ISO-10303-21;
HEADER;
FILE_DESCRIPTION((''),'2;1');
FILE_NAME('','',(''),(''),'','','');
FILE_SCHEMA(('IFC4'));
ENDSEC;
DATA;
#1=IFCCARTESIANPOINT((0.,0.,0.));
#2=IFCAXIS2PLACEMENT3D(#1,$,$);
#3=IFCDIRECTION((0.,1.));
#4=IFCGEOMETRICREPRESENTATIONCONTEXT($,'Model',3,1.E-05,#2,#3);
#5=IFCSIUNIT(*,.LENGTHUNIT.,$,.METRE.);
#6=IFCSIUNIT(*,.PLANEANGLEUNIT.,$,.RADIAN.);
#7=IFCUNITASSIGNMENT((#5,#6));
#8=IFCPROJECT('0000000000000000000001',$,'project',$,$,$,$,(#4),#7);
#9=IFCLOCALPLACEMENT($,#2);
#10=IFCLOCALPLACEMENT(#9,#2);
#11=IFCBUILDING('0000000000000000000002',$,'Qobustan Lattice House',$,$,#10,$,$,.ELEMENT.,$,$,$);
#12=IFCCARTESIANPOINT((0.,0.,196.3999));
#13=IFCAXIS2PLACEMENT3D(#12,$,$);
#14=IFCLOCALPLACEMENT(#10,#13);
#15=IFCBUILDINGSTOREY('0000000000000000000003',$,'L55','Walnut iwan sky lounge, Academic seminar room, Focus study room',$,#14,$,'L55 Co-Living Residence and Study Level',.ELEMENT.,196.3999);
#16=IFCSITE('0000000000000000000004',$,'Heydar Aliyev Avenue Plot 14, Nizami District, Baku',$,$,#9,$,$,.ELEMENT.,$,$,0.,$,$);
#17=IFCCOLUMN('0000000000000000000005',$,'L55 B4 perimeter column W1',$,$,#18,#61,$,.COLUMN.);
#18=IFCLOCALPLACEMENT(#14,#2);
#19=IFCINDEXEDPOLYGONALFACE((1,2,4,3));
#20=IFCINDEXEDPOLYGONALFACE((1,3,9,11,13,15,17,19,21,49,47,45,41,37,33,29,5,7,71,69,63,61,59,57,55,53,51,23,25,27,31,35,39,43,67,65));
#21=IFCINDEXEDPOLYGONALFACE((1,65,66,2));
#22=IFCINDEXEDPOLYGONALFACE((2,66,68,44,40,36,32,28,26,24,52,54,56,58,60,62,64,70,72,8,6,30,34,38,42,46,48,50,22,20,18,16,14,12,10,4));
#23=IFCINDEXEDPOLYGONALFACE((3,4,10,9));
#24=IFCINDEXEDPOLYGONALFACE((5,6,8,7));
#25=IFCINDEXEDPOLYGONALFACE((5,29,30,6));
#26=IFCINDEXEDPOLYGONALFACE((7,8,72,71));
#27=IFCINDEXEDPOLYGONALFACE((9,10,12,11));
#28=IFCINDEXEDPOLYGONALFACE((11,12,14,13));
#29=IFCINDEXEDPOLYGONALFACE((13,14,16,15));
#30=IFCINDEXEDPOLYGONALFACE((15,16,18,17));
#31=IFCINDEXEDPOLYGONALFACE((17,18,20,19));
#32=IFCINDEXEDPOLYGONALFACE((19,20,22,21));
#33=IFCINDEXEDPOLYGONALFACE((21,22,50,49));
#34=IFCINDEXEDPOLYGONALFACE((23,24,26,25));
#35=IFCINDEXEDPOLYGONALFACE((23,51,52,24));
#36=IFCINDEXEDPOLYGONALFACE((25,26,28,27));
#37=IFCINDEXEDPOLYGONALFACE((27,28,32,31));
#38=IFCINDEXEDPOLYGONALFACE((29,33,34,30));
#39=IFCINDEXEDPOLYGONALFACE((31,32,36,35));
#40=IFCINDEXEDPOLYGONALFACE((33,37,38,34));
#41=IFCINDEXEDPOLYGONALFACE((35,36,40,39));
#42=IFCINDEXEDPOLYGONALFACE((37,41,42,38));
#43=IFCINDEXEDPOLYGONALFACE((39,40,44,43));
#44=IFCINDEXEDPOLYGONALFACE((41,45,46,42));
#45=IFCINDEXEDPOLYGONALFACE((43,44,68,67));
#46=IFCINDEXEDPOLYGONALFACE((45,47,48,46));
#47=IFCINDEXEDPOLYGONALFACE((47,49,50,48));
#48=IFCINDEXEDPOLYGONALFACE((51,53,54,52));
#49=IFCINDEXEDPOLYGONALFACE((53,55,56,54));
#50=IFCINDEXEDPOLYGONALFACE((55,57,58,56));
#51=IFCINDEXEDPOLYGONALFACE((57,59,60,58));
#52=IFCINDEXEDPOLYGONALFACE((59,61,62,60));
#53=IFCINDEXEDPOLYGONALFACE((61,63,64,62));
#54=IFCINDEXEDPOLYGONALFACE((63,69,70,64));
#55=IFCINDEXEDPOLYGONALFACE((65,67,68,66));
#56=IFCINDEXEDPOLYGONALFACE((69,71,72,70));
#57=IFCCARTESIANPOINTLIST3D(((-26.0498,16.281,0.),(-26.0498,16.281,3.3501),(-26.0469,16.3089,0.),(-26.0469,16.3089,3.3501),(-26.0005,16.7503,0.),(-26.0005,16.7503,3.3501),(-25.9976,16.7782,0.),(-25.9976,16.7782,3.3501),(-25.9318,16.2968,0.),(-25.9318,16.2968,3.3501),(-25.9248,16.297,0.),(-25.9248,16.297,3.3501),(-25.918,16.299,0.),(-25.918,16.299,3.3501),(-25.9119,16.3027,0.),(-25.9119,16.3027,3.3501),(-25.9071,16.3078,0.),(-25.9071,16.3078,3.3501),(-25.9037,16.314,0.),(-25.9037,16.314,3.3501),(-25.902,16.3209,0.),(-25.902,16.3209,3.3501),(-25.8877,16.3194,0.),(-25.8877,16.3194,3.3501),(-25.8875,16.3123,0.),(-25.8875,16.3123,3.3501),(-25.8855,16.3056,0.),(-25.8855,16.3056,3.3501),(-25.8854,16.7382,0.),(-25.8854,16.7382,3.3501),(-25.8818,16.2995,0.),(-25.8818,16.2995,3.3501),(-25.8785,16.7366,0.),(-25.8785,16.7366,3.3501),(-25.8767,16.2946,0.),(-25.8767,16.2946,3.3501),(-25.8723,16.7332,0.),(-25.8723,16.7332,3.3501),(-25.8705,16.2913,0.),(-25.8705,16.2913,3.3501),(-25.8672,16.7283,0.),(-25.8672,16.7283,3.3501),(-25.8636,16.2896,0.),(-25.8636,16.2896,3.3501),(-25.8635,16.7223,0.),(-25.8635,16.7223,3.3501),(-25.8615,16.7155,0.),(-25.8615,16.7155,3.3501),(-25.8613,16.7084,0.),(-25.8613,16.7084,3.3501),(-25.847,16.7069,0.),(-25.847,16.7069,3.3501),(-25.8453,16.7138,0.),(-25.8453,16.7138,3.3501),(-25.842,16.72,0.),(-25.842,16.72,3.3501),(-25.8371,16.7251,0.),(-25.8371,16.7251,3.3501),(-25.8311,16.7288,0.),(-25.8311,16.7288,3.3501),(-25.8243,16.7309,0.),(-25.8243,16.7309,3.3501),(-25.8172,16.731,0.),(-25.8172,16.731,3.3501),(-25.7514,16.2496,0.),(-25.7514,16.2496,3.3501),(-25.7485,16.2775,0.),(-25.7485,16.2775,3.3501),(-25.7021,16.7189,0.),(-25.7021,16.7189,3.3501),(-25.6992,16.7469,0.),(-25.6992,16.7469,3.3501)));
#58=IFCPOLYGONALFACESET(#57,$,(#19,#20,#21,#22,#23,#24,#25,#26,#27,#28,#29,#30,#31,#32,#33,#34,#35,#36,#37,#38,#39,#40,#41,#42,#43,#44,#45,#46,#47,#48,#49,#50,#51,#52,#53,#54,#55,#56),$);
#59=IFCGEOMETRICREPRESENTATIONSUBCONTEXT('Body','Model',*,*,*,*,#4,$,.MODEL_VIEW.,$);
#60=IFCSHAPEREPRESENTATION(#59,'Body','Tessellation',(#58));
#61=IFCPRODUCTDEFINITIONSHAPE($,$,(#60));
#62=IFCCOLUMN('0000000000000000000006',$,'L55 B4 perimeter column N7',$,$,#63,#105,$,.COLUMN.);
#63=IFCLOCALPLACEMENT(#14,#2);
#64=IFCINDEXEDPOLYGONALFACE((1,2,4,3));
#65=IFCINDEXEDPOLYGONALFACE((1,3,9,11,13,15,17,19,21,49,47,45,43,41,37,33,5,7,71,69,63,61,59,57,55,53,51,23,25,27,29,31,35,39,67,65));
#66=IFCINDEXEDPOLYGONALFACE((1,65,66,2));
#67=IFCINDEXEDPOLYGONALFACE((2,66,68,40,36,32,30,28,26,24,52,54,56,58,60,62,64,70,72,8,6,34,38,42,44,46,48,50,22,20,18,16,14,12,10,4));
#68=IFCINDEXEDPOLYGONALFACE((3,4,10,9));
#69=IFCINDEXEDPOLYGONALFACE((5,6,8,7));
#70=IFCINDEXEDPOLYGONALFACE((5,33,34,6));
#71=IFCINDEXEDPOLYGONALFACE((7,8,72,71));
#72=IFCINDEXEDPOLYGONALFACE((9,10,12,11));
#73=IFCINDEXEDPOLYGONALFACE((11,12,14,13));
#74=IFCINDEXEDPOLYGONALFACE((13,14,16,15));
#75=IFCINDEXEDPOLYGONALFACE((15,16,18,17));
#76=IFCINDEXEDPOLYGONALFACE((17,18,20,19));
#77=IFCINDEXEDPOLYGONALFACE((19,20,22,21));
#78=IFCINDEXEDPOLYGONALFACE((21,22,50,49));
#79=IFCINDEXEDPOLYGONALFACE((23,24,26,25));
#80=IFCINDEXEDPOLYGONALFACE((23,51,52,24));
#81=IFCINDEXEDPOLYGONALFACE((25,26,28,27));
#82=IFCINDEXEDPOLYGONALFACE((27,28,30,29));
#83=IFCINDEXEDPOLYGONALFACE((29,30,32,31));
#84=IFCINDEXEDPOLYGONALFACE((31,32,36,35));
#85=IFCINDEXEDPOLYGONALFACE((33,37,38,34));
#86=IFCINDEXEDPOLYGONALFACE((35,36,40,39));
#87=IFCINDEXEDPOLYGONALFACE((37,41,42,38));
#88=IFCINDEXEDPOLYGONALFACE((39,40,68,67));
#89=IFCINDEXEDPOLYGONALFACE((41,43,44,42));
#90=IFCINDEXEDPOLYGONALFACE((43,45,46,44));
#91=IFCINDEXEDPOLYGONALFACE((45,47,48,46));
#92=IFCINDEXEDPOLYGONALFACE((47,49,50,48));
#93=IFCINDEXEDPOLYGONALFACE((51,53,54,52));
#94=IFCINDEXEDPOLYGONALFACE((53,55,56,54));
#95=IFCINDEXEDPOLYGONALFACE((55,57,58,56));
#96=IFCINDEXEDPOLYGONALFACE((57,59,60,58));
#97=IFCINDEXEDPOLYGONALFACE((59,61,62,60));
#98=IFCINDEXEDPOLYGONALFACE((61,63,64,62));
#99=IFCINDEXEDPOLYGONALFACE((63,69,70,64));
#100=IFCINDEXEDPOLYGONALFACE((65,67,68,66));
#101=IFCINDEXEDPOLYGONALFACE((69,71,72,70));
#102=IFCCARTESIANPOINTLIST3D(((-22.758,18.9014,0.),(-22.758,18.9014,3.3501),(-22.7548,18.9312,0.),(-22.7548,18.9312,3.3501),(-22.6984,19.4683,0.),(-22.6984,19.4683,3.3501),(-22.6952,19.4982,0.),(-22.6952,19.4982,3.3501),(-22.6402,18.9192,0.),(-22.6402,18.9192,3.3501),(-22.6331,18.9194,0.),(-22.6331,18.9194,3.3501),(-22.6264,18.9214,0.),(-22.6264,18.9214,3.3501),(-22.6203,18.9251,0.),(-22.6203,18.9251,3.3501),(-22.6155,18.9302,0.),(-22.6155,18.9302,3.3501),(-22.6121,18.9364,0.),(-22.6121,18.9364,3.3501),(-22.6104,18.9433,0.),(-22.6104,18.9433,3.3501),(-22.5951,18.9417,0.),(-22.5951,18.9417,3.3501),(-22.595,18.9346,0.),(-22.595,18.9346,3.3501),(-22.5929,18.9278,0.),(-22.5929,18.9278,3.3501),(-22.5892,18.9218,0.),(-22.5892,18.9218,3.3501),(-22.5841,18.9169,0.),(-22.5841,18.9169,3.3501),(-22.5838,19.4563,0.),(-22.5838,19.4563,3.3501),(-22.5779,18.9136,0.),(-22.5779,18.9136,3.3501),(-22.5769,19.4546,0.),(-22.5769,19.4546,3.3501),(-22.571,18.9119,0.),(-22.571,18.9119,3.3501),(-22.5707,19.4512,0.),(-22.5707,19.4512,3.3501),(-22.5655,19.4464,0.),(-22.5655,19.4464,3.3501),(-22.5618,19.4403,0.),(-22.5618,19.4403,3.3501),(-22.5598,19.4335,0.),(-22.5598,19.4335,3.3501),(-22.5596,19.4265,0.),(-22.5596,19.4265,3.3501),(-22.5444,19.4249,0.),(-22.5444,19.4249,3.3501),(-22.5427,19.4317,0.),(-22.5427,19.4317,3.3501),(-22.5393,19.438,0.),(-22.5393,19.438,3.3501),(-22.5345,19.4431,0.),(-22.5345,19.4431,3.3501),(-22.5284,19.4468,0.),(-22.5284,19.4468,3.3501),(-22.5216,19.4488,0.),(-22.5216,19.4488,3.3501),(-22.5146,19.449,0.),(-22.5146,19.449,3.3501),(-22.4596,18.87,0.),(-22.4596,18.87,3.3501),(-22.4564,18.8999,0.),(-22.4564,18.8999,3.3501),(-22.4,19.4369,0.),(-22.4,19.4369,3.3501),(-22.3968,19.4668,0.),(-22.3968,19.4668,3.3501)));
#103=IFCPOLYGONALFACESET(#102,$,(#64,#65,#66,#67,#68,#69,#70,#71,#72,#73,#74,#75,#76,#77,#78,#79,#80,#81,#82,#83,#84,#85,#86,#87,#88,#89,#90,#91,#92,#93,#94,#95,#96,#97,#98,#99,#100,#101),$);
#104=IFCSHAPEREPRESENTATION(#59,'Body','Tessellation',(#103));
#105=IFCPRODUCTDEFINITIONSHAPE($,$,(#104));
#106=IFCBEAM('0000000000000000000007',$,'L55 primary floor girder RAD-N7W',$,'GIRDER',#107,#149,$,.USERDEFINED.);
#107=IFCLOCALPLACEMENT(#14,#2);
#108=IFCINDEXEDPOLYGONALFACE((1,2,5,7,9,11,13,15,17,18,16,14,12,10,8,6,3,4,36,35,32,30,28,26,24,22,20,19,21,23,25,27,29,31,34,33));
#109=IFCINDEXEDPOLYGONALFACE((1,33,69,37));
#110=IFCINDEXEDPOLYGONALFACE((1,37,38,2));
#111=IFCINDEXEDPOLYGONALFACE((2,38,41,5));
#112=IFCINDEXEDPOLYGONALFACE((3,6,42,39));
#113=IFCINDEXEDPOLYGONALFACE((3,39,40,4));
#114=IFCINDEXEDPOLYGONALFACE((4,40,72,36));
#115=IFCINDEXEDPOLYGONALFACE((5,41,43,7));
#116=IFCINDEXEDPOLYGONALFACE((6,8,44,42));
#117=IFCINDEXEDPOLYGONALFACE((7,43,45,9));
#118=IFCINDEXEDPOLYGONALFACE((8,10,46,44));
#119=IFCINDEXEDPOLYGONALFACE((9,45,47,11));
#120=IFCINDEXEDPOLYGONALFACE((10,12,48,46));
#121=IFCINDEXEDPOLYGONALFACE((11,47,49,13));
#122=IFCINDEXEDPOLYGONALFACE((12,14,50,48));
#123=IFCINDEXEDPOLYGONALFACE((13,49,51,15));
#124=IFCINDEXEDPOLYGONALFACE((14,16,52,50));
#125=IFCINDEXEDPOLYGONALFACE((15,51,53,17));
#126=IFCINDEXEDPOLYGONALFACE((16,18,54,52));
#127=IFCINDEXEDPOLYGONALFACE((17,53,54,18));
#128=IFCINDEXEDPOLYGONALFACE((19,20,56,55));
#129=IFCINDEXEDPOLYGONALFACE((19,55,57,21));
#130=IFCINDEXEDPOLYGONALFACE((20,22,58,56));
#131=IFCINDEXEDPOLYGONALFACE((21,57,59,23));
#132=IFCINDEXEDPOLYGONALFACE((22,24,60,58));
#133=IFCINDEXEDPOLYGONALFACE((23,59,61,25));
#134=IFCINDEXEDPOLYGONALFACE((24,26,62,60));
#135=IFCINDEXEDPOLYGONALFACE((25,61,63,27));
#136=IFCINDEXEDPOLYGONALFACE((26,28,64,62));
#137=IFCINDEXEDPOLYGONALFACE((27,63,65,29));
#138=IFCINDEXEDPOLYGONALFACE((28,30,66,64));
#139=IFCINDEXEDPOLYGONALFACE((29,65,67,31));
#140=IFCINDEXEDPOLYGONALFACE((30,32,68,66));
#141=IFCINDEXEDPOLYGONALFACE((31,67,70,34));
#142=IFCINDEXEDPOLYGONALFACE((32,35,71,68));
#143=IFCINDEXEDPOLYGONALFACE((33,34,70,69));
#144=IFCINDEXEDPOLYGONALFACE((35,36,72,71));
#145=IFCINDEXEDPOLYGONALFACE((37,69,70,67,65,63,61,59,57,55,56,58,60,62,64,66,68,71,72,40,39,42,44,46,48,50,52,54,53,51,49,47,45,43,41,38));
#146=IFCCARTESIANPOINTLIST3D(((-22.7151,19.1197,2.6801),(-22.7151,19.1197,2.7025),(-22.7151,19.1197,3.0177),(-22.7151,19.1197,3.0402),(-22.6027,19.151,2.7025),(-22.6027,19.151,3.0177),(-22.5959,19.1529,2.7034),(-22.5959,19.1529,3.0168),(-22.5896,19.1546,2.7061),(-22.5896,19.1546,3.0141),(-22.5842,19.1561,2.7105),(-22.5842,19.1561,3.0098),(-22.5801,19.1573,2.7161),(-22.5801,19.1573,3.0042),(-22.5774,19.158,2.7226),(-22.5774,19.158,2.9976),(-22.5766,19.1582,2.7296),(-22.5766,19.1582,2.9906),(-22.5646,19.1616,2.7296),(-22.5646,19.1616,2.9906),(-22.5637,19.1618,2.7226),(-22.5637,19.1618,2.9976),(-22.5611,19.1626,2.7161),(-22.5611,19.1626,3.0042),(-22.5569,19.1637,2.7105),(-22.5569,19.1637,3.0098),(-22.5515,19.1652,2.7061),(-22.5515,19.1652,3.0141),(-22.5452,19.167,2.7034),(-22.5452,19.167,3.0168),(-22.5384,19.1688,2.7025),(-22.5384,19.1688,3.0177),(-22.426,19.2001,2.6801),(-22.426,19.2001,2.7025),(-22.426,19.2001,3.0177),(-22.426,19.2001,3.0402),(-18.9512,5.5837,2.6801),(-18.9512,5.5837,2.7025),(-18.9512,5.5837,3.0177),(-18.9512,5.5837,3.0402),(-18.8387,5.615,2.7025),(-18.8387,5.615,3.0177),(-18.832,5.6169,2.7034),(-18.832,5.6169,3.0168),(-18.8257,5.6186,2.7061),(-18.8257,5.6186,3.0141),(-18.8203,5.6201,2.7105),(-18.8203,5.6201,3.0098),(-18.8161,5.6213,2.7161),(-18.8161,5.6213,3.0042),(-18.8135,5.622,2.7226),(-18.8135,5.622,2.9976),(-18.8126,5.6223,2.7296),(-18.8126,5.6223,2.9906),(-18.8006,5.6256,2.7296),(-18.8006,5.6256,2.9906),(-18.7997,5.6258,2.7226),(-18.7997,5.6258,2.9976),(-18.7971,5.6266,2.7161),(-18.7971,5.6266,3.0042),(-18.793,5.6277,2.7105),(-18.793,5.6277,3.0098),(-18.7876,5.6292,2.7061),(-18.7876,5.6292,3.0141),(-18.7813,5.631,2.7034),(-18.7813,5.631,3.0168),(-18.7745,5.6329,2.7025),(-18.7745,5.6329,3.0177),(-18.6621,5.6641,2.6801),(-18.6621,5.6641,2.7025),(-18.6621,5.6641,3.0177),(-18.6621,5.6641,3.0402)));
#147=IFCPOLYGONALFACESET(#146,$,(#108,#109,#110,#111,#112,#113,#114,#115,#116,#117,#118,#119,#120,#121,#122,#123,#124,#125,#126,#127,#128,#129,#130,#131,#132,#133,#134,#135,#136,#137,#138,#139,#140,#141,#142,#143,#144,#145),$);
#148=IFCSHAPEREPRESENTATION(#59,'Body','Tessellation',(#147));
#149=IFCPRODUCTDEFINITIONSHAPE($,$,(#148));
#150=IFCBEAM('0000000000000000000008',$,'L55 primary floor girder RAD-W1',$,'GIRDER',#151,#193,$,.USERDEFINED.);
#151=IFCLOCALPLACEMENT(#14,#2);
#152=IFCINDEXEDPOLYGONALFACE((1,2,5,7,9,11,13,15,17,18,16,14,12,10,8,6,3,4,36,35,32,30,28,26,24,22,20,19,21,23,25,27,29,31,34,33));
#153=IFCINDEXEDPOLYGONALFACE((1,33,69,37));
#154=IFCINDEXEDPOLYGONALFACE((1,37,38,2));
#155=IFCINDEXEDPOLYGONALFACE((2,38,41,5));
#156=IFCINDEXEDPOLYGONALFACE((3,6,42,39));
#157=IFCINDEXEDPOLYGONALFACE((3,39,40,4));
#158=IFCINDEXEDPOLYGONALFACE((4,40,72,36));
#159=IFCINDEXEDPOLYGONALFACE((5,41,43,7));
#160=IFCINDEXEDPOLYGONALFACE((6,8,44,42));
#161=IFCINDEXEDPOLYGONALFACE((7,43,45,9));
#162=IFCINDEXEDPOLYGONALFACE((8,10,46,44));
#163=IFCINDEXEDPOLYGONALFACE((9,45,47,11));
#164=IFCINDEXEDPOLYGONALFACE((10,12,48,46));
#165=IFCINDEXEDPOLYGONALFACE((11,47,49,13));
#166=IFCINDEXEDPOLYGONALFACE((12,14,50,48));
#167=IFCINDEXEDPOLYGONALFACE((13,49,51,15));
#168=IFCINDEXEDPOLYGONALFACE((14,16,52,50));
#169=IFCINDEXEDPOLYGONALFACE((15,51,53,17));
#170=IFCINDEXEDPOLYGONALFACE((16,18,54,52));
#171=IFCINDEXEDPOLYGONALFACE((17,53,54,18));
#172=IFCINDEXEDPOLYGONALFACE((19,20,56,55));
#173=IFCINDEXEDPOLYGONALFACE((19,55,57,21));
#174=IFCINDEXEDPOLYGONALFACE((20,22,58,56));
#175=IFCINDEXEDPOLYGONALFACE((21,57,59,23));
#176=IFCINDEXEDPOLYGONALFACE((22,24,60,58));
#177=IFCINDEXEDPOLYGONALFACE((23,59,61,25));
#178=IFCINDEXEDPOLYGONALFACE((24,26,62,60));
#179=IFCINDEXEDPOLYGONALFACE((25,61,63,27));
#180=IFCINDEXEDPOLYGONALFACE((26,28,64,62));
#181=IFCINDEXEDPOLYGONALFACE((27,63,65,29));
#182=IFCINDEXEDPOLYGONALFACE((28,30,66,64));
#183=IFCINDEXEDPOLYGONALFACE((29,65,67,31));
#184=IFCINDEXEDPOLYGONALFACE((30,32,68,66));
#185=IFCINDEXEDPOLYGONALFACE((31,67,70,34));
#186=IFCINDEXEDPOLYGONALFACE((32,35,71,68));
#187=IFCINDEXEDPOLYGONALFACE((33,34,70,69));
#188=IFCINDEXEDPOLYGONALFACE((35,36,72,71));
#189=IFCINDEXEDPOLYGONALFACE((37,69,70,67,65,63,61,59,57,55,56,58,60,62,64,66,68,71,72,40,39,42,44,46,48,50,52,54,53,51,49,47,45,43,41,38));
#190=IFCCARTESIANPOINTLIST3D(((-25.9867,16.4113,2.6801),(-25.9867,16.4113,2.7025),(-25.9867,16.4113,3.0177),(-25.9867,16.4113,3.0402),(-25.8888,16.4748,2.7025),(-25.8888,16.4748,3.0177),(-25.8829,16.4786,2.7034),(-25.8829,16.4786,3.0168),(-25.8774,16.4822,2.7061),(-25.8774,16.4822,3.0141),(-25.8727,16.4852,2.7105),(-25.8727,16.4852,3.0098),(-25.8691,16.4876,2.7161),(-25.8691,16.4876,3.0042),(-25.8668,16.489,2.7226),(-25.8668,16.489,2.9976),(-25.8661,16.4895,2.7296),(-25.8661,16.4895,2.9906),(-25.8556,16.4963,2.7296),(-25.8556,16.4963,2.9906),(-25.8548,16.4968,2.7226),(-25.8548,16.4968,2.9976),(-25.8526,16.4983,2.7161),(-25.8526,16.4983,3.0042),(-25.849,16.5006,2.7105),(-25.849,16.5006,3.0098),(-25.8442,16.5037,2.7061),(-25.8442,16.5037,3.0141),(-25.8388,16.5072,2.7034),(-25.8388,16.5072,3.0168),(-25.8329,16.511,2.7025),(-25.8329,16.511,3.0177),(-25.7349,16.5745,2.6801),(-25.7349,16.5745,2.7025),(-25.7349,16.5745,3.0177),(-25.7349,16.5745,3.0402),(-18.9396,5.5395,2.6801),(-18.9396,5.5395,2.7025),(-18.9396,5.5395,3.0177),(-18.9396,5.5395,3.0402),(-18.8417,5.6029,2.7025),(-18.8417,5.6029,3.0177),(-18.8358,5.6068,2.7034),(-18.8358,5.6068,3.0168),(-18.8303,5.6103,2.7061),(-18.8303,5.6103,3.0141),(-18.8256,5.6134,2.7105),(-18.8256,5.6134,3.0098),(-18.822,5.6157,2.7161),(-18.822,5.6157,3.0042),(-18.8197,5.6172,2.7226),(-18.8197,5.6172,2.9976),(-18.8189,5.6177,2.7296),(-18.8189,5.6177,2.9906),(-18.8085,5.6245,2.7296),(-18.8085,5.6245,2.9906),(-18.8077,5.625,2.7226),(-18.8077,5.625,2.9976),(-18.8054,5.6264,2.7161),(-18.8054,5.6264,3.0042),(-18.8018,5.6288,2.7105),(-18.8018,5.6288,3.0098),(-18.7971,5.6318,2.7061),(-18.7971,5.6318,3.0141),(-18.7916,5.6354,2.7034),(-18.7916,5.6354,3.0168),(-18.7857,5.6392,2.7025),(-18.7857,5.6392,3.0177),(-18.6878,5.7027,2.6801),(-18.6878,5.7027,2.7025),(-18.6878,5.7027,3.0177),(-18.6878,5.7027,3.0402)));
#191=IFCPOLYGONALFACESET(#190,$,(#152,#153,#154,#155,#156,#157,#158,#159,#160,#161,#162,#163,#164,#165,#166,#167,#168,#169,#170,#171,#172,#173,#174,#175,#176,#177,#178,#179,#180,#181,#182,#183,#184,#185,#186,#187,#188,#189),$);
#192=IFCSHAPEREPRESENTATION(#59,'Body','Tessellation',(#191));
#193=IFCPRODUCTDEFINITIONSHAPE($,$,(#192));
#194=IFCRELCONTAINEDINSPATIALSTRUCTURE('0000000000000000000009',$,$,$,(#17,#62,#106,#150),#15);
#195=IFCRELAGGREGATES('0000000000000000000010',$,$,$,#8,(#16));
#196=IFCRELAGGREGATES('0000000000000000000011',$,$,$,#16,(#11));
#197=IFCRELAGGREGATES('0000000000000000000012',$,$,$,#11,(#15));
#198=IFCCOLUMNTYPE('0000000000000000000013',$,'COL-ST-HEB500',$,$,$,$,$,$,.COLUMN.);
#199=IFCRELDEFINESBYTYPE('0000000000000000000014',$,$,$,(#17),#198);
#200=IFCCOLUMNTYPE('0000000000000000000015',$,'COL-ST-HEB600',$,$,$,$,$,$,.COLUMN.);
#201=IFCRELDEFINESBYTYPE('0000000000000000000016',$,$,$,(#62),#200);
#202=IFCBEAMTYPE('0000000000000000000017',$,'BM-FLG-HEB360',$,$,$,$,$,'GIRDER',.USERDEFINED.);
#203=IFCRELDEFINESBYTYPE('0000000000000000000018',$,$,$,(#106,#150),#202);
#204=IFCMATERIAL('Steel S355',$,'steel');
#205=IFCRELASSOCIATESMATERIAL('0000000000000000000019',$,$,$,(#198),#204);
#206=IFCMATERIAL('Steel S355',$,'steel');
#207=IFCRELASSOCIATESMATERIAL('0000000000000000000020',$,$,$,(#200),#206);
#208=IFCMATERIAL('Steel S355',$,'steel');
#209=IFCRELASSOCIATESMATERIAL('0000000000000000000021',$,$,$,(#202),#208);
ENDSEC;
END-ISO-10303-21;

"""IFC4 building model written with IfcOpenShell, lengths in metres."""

from ifc_helpers import new_model, si_unit, direction, frame, origin, origin_2d, place, context, subcontext, project, spatial, i_section, extrude, material, material_profile, profile_set, type_object, element, save


model = new_model("IFC4")

# Units and contexts
model_context = context("Model", 3, precision=1e-05, world=origin(), true_north=direction((0.0, 1.0)))
body_context = subcontext(model_context, "Body", "Model", "MODEL_VIEW")
ifc_project = project(units=[si_unit("LENGTHUNIT", "METRE"), si_unit("PLANEANGLEUNIT", "RADIAN")], contexts=[model_context])

# Site, building, storey
site_placement = place(None, origin())
site = spatial("IfcSite", under=ifc_project, at=site_placement, Name="Heydar Aliyev Avenue Plot 14, Nizami District, Baku", CompositionType="ELEMENT", RefElevation=0.0)
building_placement = place(site_placement, origin())
building = spatial("IfcBuilding", under=site, at=building_placement, Name="Qobustan Lattice House", CompositionType="ELEMENT")
storey_placement = place(building_placement, frame((0.0, 0.0, 196.3999)))
storey = spatial("IfcBuildingStorey", under=building, at=storey_placement, Name="L55", Description="Walnut iwan sky lounge, Academic seminar room, Focus study room", LongName="L55 Co-Living Residence and Study Level", CompositionType="ELEMENT", Elevation=196.3999)

# Columns
ifc_material_1 = material(Name="Steel S355", Category="steel")
ifc_material_profile_1 = material_profile(ifc_material_1, i_section(OverallWidth=0.3, OverallDepth=0.5, WebThickness=0.0144, FlangeThickness=0.0281, FilletRadius=0.0271, at=origin_2d()), Name="HEB500")
ifc_profile_set_1 = profile_set([ifc_material_profile_1], Name="Steel S355")
column_type_1 = type_object("IfcColumnType", Name="COL-ST-HEB500", PredefinedType="COLUMN", material=ifc_profile_set_1)
column_1_placement = place(storey_placement, frame((-25.8745, 16.5139, 0.0), z_axis=(0.0, 0.0, 1.0), x_axis=(0.994522, -0.104528, 0.0)))
element("IfcColumn", 1, at=column_1_placement, inside=storey, type_object=column_type_1, Name="L55 B4 perimeter column W1", PredefinedType="COLUMN", context=body_context, shape_type="SweptSolid", body=[
    extrude(i_section(OverallWidth=0.3, OverallDepth=0.5, WebThickness=0.0144, FlangeThickness=0.0281, FilletRadius=0.0271, at=origin_2d()), origin(), (0.0, 0.0, 1.0), 3.3501),
])
ifc_material_2 = material(Name="Steel S355", Category="steel")
ifc_material_profile_2 = material_profile(ifc_material_2, i_section(OverallWidth=0.3, OverallDepth=0.6001, WebThickness=0.0154, FlangeThickness=0.03, FilletRadius=0.0271, at=origin_2d()), Name="HEB600")
ifc_profile_set_2 = profile_set([ifc_material_profile_2], Name="Steel S355")
column_type_2 = type_object("IfcColumnType", Name="COL-ST-HEB600", PredefinedType="COLUMN", material=ifc_profile_set_2)
column_2_placement = place(storey_placement, frame((-22.5774, 19.1841, 0.0), z_axis=(0.0, 0.0, 1.0), x_axis=(0.994522, -0.104528, 0.0)))
element("IfcColumn", 2, at=column_2_placement, inside=storey, type_object=column_type_2, Name="L55 B4 perimeter column N7", PredefinedType="COLUMN", context=body_context, shape_type="SweptSolid", body=[
    extrude(i_section(OverallWidth=0.3, OverallDepth=0.6001, WebThickness=0.0154, FlangeThickness=0.03, FilletRadius=0.0271, at=origin_2d()), origin(), (0.0, 0.0, 1.0), 3.3501),
])

# Beams
ifc_material_3 = material(Name="Steel S355", Category="steel")
ifc_material_profile_3 = material_profile(ifc_material_3, i_section(OverallWidth=0.3, OverallDepth=0.3601, WebThickness=0.0125, FlangeThickness=0.0225, FilletRadius=0.0271, at=origin_2d()), Name="HEB360")
ifc_profile_set_3 = profile_set([ifc_material_profile_3], Name="Steel S355")
beam_type_1 = type_object("IfcBeamType", Name="BM-FLG-HEB360", ElementType="GIRDER", PredefinedType="USERDEFINED", material=ifc_profile_set_3)
beam_1_placement = place(storey_placement, frame((-22.5706, 19.1599, 2.8601), z_axis=(0.267905, -0.963445, 0.0), x_axis=(0.963445, 0.267905, 0.0)))
element("IfcBeam", 3, at=beam_1_placement, inside=storey, type_object=beam_type_1, Name="L55 primary floor girder RAD-N7W", ObjectType="GIRDER", PredefinedType="USERDEFINED", context=body_context, shape_type="SweptSolid", body=[
    extrude(i_section(OverallWidth=0.3, OverallDepth=0.3601, WebThickness=0.0125, FlangeThickness=0.0225, FilletRadius=0.0271, at=origin_2d()), origin(), (0.0, 0.0, 1.0), 14.0496),
])
beam_2_placement = place(storey_placement, frame((-25.8608, 16.4929, 2.8601), z_axis=(0.543926, -0.839133, 0.0), x_axis=(0.839133, 0.543926, 0.0)))
element("IfcBeam", 4, at=beam_2_placement, inside=storey, type_object=beam_type_1, Name="L55 primary floor girder RAD-W1", ObjectType="GIRDER", PredefinedType="USERDEFINED", context=body_context, shape_type="SweptSolid", body=[
    extrude(i_section(OverallWidth=0.3, OverallDepth=0.3601, WebThickness=0.0125, FlangeThickness=0.0225, FilletRadius=0.0271, at=origin_2d()), origin(), (0.0, 0.0, 1.0), 12.9561),
])

save(model, "model.ifc")
